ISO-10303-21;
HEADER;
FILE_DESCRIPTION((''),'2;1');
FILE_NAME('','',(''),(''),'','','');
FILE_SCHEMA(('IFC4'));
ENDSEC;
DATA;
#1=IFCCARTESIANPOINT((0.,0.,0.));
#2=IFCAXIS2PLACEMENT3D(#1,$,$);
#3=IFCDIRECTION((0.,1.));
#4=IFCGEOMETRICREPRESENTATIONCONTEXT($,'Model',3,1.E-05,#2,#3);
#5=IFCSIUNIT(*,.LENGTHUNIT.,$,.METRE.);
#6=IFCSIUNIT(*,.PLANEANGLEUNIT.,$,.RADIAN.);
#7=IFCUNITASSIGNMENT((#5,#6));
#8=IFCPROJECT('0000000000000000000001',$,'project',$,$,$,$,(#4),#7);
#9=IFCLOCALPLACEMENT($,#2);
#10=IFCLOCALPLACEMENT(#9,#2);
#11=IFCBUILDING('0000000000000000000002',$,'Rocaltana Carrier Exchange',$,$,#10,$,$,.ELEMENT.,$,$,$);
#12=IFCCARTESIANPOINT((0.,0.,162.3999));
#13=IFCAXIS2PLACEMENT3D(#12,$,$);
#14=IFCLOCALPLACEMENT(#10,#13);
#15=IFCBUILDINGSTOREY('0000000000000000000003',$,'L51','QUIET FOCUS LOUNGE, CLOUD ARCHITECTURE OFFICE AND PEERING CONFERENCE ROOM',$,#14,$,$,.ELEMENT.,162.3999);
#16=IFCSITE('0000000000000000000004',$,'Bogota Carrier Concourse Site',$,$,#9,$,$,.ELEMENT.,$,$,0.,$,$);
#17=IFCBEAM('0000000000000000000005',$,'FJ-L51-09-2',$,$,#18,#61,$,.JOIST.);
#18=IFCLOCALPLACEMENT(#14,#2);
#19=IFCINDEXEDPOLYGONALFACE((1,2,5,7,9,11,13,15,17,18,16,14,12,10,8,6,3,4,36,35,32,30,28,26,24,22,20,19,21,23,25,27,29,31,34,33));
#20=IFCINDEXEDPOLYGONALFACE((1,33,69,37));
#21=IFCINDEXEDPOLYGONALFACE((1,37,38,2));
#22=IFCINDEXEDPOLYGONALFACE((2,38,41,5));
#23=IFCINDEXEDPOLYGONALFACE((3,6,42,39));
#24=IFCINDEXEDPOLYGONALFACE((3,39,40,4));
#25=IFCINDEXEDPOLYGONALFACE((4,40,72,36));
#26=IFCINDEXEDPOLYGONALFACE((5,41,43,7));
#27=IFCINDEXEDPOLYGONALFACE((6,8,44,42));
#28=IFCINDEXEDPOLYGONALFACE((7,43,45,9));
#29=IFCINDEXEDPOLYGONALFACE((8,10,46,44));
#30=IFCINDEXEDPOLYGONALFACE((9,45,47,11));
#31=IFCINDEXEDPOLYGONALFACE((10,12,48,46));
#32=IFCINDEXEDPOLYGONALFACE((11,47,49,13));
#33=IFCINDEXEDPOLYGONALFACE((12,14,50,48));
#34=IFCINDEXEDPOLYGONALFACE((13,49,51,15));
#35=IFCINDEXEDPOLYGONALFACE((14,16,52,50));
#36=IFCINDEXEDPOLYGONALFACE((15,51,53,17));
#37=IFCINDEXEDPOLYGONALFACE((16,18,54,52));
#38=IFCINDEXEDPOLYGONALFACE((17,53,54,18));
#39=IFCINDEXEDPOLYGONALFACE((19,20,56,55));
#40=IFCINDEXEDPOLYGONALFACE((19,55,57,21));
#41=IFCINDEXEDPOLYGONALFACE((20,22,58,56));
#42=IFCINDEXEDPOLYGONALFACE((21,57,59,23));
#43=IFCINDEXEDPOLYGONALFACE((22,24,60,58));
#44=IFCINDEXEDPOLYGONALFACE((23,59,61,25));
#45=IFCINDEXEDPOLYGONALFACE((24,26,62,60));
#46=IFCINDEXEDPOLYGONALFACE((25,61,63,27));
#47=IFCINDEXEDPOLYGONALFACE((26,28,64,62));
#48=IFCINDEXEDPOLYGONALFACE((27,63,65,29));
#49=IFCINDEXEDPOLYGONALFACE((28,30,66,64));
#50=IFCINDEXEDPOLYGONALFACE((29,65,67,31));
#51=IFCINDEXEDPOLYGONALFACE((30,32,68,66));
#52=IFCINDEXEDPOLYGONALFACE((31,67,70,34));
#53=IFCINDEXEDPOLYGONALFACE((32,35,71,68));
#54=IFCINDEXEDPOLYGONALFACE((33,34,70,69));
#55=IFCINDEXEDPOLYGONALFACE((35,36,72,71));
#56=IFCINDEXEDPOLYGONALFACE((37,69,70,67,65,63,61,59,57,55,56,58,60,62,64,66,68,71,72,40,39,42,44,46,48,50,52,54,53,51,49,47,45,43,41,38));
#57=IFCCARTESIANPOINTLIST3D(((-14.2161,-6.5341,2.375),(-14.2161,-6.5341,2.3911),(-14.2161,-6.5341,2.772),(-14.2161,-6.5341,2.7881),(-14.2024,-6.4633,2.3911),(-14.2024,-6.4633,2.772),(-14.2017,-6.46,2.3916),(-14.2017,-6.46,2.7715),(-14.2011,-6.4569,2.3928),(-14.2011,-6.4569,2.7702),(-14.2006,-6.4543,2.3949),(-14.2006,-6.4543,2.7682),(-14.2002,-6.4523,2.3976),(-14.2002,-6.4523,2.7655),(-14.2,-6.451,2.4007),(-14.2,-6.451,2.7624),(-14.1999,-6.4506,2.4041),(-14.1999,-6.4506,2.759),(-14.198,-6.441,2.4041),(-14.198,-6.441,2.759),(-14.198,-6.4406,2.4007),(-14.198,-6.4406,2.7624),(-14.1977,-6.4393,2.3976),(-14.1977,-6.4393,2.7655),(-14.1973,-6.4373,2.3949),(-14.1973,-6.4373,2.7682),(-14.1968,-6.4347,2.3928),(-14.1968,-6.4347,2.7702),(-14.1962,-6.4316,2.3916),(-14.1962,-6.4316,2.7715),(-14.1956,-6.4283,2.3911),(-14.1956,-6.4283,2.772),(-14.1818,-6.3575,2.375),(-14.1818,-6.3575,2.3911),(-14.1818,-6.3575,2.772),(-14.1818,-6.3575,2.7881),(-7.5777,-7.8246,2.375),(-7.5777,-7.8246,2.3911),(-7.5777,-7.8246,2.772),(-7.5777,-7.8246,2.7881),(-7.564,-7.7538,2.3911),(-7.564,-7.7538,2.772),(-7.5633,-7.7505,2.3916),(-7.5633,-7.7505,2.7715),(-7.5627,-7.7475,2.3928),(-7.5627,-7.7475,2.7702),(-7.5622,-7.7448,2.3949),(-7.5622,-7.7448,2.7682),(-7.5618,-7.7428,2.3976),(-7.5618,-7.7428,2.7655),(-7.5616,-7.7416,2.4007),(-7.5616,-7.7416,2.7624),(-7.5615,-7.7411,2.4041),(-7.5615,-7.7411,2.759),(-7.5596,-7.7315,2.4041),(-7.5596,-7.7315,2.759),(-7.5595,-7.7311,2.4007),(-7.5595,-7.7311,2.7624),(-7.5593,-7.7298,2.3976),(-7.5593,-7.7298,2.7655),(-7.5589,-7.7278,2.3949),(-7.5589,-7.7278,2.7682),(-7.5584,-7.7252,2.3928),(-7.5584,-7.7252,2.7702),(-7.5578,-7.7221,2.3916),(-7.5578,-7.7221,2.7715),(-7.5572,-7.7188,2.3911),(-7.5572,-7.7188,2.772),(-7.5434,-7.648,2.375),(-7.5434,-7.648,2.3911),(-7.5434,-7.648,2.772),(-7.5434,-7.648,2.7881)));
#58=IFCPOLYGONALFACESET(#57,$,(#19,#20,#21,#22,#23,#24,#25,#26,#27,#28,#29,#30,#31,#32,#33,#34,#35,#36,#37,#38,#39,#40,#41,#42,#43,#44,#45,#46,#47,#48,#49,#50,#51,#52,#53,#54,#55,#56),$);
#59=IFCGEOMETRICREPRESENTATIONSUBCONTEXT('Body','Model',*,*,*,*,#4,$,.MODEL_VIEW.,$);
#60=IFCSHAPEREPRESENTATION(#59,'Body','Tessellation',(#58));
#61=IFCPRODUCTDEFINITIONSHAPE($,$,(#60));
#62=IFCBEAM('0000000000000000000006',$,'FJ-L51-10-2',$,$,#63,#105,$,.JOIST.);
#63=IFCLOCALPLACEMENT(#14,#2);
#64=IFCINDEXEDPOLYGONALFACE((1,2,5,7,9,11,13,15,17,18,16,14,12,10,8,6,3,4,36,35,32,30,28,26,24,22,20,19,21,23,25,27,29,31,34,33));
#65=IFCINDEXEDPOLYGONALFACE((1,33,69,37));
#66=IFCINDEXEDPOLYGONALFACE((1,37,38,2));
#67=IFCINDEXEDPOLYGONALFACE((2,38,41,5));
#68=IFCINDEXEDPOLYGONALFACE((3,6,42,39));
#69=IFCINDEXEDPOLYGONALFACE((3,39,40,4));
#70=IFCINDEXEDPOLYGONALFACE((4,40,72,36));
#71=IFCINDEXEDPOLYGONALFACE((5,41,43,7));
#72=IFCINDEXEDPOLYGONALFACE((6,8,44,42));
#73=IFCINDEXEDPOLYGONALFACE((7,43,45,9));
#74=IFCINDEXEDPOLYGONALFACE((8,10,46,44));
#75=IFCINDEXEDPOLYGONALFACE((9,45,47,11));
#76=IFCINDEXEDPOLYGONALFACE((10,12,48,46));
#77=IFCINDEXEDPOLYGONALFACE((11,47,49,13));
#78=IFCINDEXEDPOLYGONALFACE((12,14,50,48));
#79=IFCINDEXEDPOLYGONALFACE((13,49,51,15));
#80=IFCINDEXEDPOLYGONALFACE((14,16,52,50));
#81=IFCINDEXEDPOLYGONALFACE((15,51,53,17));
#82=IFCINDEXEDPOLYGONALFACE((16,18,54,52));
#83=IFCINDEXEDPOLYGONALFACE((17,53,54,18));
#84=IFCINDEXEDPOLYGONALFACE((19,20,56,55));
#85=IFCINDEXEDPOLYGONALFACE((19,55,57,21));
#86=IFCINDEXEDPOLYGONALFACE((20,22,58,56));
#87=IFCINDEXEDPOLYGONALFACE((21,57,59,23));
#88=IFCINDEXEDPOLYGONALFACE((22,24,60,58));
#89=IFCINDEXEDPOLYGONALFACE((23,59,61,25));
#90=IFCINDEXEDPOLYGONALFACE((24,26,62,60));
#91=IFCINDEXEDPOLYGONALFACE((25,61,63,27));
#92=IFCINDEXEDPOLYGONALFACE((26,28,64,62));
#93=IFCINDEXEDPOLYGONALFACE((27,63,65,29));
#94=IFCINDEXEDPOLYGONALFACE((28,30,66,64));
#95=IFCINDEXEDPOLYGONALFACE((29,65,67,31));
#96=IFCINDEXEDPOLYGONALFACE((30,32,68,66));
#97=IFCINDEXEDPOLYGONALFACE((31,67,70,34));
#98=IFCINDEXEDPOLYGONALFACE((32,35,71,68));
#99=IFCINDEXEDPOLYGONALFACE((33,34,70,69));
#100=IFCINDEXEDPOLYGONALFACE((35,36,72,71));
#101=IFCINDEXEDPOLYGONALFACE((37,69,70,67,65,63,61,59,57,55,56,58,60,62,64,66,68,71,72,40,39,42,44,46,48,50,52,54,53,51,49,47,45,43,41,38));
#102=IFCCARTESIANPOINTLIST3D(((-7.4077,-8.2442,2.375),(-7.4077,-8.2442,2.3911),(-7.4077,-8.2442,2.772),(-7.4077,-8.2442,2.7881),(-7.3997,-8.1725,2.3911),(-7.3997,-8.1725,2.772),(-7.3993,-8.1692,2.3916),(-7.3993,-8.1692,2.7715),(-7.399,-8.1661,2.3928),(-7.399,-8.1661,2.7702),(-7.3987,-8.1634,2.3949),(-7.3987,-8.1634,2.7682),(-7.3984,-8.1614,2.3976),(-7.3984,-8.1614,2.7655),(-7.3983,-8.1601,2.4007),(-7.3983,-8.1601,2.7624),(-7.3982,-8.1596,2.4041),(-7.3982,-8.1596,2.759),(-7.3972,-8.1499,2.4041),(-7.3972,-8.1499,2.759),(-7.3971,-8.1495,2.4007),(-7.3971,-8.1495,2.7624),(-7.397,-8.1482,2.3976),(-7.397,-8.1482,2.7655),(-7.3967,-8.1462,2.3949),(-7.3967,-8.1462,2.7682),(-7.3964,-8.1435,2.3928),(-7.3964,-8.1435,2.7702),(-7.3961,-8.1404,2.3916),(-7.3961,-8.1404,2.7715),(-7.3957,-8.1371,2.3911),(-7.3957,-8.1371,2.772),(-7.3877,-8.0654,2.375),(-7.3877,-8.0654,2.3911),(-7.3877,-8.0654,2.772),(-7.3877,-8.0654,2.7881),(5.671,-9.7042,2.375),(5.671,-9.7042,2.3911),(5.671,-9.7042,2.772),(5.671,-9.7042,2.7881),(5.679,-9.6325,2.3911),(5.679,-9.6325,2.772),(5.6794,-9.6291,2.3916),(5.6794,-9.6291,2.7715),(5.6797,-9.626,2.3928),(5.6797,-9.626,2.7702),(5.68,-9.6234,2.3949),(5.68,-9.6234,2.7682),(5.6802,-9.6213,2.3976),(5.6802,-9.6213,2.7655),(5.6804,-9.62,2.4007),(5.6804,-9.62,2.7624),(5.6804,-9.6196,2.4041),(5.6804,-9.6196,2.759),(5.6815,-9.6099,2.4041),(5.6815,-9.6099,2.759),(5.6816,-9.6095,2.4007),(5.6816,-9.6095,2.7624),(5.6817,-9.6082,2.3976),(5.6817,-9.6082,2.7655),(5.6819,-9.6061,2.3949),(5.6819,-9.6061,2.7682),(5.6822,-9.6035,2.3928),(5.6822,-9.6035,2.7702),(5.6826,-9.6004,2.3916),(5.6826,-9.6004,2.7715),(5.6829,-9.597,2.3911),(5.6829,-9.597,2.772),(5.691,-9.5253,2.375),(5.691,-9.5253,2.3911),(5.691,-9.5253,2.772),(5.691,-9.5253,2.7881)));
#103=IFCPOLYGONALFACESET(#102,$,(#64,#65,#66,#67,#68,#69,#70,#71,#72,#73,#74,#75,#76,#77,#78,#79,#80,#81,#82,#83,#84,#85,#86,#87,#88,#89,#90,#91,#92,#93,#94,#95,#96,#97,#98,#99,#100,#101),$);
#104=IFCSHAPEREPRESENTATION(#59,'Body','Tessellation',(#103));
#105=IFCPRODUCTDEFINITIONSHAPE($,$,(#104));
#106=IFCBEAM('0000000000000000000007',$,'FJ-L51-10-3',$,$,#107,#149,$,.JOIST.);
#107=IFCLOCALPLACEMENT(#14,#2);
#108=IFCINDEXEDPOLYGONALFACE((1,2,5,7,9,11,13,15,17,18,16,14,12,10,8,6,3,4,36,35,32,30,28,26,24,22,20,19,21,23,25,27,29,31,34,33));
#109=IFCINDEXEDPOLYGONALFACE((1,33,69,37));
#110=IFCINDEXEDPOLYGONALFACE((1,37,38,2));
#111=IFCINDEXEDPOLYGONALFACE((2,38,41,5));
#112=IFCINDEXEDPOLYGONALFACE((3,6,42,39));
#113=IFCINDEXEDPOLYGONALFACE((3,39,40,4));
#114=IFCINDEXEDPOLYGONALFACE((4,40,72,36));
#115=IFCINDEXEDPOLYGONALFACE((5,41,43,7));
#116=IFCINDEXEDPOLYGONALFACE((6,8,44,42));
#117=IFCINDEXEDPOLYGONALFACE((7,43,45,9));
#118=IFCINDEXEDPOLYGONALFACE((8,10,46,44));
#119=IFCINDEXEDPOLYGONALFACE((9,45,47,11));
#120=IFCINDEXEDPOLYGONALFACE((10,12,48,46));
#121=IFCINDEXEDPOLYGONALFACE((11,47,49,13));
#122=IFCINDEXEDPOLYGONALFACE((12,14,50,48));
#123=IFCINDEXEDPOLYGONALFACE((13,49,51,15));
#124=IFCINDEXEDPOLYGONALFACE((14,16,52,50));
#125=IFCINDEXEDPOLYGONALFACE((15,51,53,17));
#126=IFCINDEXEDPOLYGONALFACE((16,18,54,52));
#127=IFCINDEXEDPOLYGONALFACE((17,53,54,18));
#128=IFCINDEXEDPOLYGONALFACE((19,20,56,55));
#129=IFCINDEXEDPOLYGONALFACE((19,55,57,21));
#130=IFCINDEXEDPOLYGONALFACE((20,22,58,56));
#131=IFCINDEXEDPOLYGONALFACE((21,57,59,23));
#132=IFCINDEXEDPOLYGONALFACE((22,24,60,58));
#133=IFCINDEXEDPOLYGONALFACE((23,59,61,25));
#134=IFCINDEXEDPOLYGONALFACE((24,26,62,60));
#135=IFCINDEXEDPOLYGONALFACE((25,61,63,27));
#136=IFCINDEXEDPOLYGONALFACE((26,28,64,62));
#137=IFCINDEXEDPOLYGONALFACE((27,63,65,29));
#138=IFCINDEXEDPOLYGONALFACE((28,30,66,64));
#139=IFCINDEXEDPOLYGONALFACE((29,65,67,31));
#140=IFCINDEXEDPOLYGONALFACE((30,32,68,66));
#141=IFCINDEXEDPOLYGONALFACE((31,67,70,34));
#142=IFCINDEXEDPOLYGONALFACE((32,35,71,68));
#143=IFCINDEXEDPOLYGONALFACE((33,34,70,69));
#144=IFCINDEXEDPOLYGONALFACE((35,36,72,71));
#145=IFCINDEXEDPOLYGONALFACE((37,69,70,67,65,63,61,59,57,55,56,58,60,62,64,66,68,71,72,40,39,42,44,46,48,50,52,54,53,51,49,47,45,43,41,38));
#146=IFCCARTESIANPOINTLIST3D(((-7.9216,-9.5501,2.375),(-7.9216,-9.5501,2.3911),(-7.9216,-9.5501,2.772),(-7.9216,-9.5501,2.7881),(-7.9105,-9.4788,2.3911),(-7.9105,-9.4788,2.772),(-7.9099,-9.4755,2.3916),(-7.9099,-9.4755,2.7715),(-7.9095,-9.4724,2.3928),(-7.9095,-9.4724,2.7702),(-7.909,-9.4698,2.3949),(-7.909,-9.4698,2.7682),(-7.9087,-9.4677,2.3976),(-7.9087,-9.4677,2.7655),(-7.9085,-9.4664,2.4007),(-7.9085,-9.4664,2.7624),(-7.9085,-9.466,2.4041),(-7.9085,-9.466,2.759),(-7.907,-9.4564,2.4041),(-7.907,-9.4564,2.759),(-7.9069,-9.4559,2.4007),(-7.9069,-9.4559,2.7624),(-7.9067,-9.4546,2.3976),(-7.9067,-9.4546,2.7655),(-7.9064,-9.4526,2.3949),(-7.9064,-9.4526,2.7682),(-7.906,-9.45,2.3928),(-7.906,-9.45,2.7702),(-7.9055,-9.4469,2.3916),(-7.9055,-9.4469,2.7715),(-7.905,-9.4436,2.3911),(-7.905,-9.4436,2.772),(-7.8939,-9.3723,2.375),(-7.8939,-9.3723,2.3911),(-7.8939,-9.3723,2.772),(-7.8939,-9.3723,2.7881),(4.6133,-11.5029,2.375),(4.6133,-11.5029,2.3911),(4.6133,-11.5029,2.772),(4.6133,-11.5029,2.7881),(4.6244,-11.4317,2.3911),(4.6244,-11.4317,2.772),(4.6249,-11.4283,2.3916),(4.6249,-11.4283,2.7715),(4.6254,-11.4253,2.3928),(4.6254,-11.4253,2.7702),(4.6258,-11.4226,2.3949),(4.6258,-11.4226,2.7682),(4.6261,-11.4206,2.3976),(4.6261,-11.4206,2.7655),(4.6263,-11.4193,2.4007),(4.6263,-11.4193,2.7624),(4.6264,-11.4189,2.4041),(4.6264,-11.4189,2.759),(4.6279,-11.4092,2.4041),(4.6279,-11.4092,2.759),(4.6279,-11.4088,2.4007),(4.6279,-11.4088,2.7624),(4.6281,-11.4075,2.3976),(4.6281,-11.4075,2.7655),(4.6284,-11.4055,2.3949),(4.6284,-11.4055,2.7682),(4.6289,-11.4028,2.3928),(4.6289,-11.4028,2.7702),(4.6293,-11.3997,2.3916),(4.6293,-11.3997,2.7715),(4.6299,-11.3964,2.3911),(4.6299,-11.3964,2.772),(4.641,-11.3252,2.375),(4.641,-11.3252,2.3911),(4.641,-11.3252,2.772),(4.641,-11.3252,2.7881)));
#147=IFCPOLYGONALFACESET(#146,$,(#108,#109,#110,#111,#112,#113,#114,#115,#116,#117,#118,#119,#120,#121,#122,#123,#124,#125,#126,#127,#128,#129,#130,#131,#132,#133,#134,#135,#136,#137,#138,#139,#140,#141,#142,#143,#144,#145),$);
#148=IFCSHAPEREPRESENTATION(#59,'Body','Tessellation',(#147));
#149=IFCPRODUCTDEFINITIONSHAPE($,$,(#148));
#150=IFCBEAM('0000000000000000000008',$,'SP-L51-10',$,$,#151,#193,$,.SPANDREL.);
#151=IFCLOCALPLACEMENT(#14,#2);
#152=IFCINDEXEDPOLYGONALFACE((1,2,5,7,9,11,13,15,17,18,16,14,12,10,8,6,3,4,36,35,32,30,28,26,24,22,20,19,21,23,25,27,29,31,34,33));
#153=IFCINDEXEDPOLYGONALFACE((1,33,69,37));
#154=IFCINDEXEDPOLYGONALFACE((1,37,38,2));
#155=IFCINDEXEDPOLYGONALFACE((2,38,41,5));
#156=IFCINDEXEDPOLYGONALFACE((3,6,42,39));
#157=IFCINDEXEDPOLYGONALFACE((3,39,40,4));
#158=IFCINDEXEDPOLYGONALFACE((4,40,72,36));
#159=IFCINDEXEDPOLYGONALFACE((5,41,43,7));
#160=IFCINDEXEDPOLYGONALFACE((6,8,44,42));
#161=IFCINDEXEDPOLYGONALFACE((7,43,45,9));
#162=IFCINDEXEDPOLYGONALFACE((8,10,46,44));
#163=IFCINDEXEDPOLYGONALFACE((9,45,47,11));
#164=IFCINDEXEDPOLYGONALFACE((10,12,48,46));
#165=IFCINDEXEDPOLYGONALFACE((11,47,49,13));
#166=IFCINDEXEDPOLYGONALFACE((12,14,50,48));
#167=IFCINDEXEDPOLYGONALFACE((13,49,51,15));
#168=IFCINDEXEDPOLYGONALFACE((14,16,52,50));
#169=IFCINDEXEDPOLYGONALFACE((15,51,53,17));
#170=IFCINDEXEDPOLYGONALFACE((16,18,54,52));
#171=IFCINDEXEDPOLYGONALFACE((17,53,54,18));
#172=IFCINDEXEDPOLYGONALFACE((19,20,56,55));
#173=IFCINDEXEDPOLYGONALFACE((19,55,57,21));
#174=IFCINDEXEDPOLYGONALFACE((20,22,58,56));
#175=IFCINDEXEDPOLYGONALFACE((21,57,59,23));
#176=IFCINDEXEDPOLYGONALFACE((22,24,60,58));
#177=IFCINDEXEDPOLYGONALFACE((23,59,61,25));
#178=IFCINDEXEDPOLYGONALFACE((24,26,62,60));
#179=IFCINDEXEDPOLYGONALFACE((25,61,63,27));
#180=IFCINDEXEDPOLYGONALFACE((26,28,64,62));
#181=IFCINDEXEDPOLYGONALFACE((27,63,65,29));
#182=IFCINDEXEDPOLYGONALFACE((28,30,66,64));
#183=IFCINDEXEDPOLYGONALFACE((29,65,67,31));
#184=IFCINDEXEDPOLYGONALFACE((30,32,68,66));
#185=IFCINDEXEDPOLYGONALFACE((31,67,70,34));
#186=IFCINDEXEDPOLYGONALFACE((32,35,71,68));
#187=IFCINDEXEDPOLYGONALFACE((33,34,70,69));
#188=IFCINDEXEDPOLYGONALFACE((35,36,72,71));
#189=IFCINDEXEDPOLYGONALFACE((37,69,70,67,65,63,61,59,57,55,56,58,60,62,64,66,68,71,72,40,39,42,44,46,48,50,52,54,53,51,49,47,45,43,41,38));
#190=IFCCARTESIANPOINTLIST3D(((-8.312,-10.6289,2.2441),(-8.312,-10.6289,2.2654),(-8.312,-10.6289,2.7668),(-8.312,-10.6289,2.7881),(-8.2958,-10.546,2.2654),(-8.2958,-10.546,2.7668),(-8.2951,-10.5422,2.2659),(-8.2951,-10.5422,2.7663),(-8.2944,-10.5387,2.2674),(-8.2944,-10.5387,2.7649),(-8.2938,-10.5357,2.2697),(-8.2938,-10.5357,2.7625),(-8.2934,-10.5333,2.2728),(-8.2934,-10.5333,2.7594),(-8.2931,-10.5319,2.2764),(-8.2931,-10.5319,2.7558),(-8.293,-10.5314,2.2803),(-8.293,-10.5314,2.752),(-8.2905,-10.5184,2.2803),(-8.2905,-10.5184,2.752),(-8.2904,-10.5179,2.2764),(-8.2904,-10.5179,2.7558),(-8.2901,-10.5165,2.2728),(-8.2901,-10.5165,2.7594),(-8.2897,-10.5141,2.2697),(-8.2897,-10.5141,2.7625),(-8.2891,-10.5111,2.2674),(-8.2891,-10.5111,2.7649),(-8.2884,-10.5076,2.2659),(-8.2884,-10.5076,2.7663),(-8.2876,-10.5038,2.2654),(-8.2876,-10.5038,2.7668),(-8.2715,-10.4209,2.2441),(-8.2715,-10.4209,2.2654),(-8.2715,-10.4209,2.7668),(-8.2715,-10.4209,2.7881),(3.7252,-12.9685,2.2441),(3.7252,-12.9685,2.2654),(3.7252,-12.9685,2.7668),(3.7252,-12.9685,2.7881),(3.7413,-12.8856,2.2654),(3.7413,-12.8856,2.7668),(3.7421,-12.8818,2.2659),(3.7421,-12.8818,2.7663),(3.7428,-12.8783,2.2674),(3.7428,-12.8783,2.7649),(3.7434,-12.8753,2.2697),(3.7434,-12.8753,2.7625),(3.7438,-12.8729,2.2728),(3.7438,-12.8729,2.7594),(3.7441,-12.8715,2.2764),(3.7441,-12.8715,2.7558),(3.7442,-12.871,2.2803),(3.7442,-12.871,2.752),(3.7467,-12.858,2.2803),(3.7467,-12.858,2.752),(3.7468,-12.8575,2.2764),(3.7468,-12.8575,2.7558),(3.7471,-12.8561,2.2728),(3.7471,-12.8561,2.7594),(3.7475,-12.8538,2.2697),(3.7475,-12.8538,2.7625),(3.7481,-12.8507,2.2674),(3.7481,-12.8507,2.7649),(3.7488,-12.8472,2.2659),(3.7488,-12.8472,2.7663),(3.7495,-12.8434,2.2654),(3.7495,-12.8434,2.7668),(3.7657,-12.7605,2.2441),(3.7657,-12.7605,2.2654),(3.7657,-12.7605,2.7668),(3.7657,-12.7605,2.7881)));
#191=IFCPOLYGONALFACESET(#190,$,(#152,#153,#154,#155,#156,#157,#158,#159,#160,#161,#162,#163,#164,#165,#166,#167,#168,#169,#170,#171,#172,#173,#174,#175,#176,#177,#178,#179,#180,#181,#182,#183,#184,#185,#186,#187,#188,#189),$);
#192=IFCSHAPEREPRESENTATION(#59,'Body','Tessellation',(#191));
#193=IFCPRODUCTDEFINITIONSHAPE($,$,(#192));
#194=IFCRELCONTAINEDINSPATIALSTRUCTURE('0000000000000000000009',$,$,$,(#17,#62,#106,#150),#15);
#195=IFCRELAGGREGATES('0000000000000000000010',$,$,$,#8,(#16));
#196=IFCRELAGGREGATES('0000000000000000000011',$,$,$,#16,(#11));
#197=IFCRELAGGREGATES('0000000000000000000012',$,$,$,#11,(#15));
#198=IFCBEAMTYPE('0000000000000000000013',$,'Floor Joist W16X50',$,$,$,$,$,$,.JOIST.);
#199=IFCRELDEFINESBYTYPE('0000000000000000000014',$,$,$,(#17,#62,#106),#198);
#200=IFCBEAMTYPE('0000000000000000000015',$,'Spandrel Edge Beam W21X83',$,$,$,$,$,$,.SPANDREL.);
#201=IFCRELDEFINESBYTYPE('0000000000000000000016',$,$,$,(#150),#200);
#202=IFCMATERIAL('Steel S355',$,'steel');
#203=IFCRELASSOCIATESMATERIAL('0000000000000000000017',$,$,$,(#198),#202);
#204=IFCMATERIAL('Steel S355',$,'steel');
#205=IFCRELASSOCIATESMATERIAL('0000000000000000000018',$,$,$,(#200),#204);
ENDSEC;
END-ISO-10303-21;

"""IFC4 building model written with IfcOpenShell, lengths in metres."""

from ifc_helpers import new_model, si_unit, direction, frame, origin, origin_2d, place, context, subcontext, project, spatial, i_section, extrude, material, material_profile, profile_set, type_object, element, save


model = new_model("IFC4")

# Units and contexts
model_context = context("Model", 3, precision=1e-05, world=origin(), true_north=direction((0.0, 1.0)))
body_context = subcontext(model_context, "Body", "Model", "MODEL_VIEW")
ifc_project = project(units=[si_unit("LENGTHUNIT", "METRE"), si_unit("PLANEANGLEUNIT", "RADIAN")], contexts=[model_context])

# Site, building, storey
site_placement = place(None, origin())
site = spatial("IfcSite", under=ifc_project, at=site_placement, Name="Bogota Carrier Concourse Site", CompositionType="ELEMENT", RefElevation=0.0)
building_placement = place(site_placement, origin())
building = spatial("IfcBuilding", under=site, at=building_placement, Name="Rocaltana Carrier Exchange", CompositionType="ELEMENT")
storey_placement = place(building_placement, frame((0.0, 0.0, 162.3999)))
storey = spatial("IfcBuildingStorey", under=building, at=storey_placement, Name="L51", Description="QUIET FOCUS LOUNGE, CLOUD ARCHITECTURE OFFICE AND PEERING CONFERENCE ROOM", CompositionType="ELEMENT", Elevation=162.3999)

# Beams
ifc_material_1 = material(Name="Steel S355", Category="steel")
ifc_material_profile_1 = material_profile(ifc_material_1, i_section(OverallWidth=0.1799, OverallDepth=0.4131, WebThickness=0.0098, FlangeThickness=0.0161, FilletRadius=0.0129, at=origin_2d()), Name="W16X50")
ifc_profile_set_1 = profile_set([ifc_material_profile_1], Name="Steel S355")
beam_type_1 = type_object("IfcBeamType", Name="Floor Joist W16X50", PredefinedType="JOIST", material=ifc_profile_set_1)
beam_1_placement = place(storey_placement, frame((-14.199, -6.4458, 2.5815), z_axis=(0.981623, -0.19083, 0.0), x_axis=(0.19083, 0.981623, 0.0)))
element("IfcBeam", 1, at=beam_1_placement, inside=storey, type_object=beam_type_1, Name="FJ-L51-09-2", PredefinedType="JOIST", context=body_context, shape_type="SweptSolid", body=[
    extrude(i_section(OverallWidth=0.1799, OverallDepth=0.4131, WebThickness=0.0098, FlangeThickness=0.0161, FilletRadius=0.0129, at=origin_2d()), origin(), (0.0, 0.0, 1.0), 6.7627),
])
beam_2_placement = place(storey_placement, frame((-7.3977, -8.1548, 2.5815), z_axis=(0.993827, -0.110941, 0.0), x_axis=(0.110941, 0.993827, 0.0)))
element("IfcBeam", 2, at=beam_2_placement, inside=storey, type_object=beam_type_1, Name="FJ-L51-10-2", PredefinedType="JOIST", context=body_context, shape_type="SweptSolid", body=[
    extrude(i_section(OverallWidth=0.1799, OverallDepth=0.4131, WebThickness=0.0098, FlangeThickness=0.0161, FilletRadius=0.0129, at=origin_2d()), origin(), (0.0, 0.0, 1.0), 13.1599),
])
beam_3_placement = place(storey_placement, frame((-7.9077, -9.4612, 2.5815), z_axis=(0.98808, -0.153938, 0.0), x_axis=(0.153938, 0.98808, 0.0)))
element("IfcBeam", 3, at=beam_3_placement, inside=storey, type_object=beam_type_1, Name="FJ-L51-10-3", PredefinedType="JOIST", context=body_context, shape_type="SweptSolid", body=[
    extrude(i_section(OverallWidth=0.1799, OverallDepth=0.4131, WebThickness=0.0098, FlangeThickness=0.0161, FilletRadius=0.0129, at=origin_2d()), origin(), (0.0, 0.0, 1.0), 12.686),
])
ifc_material_2 = material(Name="Steel S355", Category="steel")
ifc_material_profile_2 = material_profile(ifc_material_2, i_section(OverallWidth=0.2119, OverallDepth=0.5439, WebThickness=0.0132, FlangeThickness=0.0212, FilletRadius=0.0149, at=origin_2d()), Name="W21X83")
ifc_profile_set_2 = profile_set([ifc_material_profile_2], Name="Steel S355")
beam_type_2 = type_object("IfcBeamType", Name="Spandrel Edge Beam W21X83", PredefinedType="SPANDREL", material=ifc_profile_set_2)
beam_4_placement = place(storey_placement, frame((-8.2917, -10.5249, 2.5161), z_axis=(0.98163, -0.190795, 0.0), x_axis=(0.190795, 0.98163, 0.0)))
element("IfcBeam", 4, at=beam_4_placement, inside=storey, type_object=beam_type_2, Name="SP-L51-10", PredefinedType="SPANDREL", context=body_context, shape_type="SweptSolid", body=[
    extrude(i_section(OverallWidth=0.2119, OverallDepth=0.5439, WebThickness=0.0132, FlangeThickness=0.0212, FilletRadius=0.0149, at=origin_2d()), origin(), (0.0, 0.0, 1.0), 12.2625),
])

save(model, "model.ifc")
